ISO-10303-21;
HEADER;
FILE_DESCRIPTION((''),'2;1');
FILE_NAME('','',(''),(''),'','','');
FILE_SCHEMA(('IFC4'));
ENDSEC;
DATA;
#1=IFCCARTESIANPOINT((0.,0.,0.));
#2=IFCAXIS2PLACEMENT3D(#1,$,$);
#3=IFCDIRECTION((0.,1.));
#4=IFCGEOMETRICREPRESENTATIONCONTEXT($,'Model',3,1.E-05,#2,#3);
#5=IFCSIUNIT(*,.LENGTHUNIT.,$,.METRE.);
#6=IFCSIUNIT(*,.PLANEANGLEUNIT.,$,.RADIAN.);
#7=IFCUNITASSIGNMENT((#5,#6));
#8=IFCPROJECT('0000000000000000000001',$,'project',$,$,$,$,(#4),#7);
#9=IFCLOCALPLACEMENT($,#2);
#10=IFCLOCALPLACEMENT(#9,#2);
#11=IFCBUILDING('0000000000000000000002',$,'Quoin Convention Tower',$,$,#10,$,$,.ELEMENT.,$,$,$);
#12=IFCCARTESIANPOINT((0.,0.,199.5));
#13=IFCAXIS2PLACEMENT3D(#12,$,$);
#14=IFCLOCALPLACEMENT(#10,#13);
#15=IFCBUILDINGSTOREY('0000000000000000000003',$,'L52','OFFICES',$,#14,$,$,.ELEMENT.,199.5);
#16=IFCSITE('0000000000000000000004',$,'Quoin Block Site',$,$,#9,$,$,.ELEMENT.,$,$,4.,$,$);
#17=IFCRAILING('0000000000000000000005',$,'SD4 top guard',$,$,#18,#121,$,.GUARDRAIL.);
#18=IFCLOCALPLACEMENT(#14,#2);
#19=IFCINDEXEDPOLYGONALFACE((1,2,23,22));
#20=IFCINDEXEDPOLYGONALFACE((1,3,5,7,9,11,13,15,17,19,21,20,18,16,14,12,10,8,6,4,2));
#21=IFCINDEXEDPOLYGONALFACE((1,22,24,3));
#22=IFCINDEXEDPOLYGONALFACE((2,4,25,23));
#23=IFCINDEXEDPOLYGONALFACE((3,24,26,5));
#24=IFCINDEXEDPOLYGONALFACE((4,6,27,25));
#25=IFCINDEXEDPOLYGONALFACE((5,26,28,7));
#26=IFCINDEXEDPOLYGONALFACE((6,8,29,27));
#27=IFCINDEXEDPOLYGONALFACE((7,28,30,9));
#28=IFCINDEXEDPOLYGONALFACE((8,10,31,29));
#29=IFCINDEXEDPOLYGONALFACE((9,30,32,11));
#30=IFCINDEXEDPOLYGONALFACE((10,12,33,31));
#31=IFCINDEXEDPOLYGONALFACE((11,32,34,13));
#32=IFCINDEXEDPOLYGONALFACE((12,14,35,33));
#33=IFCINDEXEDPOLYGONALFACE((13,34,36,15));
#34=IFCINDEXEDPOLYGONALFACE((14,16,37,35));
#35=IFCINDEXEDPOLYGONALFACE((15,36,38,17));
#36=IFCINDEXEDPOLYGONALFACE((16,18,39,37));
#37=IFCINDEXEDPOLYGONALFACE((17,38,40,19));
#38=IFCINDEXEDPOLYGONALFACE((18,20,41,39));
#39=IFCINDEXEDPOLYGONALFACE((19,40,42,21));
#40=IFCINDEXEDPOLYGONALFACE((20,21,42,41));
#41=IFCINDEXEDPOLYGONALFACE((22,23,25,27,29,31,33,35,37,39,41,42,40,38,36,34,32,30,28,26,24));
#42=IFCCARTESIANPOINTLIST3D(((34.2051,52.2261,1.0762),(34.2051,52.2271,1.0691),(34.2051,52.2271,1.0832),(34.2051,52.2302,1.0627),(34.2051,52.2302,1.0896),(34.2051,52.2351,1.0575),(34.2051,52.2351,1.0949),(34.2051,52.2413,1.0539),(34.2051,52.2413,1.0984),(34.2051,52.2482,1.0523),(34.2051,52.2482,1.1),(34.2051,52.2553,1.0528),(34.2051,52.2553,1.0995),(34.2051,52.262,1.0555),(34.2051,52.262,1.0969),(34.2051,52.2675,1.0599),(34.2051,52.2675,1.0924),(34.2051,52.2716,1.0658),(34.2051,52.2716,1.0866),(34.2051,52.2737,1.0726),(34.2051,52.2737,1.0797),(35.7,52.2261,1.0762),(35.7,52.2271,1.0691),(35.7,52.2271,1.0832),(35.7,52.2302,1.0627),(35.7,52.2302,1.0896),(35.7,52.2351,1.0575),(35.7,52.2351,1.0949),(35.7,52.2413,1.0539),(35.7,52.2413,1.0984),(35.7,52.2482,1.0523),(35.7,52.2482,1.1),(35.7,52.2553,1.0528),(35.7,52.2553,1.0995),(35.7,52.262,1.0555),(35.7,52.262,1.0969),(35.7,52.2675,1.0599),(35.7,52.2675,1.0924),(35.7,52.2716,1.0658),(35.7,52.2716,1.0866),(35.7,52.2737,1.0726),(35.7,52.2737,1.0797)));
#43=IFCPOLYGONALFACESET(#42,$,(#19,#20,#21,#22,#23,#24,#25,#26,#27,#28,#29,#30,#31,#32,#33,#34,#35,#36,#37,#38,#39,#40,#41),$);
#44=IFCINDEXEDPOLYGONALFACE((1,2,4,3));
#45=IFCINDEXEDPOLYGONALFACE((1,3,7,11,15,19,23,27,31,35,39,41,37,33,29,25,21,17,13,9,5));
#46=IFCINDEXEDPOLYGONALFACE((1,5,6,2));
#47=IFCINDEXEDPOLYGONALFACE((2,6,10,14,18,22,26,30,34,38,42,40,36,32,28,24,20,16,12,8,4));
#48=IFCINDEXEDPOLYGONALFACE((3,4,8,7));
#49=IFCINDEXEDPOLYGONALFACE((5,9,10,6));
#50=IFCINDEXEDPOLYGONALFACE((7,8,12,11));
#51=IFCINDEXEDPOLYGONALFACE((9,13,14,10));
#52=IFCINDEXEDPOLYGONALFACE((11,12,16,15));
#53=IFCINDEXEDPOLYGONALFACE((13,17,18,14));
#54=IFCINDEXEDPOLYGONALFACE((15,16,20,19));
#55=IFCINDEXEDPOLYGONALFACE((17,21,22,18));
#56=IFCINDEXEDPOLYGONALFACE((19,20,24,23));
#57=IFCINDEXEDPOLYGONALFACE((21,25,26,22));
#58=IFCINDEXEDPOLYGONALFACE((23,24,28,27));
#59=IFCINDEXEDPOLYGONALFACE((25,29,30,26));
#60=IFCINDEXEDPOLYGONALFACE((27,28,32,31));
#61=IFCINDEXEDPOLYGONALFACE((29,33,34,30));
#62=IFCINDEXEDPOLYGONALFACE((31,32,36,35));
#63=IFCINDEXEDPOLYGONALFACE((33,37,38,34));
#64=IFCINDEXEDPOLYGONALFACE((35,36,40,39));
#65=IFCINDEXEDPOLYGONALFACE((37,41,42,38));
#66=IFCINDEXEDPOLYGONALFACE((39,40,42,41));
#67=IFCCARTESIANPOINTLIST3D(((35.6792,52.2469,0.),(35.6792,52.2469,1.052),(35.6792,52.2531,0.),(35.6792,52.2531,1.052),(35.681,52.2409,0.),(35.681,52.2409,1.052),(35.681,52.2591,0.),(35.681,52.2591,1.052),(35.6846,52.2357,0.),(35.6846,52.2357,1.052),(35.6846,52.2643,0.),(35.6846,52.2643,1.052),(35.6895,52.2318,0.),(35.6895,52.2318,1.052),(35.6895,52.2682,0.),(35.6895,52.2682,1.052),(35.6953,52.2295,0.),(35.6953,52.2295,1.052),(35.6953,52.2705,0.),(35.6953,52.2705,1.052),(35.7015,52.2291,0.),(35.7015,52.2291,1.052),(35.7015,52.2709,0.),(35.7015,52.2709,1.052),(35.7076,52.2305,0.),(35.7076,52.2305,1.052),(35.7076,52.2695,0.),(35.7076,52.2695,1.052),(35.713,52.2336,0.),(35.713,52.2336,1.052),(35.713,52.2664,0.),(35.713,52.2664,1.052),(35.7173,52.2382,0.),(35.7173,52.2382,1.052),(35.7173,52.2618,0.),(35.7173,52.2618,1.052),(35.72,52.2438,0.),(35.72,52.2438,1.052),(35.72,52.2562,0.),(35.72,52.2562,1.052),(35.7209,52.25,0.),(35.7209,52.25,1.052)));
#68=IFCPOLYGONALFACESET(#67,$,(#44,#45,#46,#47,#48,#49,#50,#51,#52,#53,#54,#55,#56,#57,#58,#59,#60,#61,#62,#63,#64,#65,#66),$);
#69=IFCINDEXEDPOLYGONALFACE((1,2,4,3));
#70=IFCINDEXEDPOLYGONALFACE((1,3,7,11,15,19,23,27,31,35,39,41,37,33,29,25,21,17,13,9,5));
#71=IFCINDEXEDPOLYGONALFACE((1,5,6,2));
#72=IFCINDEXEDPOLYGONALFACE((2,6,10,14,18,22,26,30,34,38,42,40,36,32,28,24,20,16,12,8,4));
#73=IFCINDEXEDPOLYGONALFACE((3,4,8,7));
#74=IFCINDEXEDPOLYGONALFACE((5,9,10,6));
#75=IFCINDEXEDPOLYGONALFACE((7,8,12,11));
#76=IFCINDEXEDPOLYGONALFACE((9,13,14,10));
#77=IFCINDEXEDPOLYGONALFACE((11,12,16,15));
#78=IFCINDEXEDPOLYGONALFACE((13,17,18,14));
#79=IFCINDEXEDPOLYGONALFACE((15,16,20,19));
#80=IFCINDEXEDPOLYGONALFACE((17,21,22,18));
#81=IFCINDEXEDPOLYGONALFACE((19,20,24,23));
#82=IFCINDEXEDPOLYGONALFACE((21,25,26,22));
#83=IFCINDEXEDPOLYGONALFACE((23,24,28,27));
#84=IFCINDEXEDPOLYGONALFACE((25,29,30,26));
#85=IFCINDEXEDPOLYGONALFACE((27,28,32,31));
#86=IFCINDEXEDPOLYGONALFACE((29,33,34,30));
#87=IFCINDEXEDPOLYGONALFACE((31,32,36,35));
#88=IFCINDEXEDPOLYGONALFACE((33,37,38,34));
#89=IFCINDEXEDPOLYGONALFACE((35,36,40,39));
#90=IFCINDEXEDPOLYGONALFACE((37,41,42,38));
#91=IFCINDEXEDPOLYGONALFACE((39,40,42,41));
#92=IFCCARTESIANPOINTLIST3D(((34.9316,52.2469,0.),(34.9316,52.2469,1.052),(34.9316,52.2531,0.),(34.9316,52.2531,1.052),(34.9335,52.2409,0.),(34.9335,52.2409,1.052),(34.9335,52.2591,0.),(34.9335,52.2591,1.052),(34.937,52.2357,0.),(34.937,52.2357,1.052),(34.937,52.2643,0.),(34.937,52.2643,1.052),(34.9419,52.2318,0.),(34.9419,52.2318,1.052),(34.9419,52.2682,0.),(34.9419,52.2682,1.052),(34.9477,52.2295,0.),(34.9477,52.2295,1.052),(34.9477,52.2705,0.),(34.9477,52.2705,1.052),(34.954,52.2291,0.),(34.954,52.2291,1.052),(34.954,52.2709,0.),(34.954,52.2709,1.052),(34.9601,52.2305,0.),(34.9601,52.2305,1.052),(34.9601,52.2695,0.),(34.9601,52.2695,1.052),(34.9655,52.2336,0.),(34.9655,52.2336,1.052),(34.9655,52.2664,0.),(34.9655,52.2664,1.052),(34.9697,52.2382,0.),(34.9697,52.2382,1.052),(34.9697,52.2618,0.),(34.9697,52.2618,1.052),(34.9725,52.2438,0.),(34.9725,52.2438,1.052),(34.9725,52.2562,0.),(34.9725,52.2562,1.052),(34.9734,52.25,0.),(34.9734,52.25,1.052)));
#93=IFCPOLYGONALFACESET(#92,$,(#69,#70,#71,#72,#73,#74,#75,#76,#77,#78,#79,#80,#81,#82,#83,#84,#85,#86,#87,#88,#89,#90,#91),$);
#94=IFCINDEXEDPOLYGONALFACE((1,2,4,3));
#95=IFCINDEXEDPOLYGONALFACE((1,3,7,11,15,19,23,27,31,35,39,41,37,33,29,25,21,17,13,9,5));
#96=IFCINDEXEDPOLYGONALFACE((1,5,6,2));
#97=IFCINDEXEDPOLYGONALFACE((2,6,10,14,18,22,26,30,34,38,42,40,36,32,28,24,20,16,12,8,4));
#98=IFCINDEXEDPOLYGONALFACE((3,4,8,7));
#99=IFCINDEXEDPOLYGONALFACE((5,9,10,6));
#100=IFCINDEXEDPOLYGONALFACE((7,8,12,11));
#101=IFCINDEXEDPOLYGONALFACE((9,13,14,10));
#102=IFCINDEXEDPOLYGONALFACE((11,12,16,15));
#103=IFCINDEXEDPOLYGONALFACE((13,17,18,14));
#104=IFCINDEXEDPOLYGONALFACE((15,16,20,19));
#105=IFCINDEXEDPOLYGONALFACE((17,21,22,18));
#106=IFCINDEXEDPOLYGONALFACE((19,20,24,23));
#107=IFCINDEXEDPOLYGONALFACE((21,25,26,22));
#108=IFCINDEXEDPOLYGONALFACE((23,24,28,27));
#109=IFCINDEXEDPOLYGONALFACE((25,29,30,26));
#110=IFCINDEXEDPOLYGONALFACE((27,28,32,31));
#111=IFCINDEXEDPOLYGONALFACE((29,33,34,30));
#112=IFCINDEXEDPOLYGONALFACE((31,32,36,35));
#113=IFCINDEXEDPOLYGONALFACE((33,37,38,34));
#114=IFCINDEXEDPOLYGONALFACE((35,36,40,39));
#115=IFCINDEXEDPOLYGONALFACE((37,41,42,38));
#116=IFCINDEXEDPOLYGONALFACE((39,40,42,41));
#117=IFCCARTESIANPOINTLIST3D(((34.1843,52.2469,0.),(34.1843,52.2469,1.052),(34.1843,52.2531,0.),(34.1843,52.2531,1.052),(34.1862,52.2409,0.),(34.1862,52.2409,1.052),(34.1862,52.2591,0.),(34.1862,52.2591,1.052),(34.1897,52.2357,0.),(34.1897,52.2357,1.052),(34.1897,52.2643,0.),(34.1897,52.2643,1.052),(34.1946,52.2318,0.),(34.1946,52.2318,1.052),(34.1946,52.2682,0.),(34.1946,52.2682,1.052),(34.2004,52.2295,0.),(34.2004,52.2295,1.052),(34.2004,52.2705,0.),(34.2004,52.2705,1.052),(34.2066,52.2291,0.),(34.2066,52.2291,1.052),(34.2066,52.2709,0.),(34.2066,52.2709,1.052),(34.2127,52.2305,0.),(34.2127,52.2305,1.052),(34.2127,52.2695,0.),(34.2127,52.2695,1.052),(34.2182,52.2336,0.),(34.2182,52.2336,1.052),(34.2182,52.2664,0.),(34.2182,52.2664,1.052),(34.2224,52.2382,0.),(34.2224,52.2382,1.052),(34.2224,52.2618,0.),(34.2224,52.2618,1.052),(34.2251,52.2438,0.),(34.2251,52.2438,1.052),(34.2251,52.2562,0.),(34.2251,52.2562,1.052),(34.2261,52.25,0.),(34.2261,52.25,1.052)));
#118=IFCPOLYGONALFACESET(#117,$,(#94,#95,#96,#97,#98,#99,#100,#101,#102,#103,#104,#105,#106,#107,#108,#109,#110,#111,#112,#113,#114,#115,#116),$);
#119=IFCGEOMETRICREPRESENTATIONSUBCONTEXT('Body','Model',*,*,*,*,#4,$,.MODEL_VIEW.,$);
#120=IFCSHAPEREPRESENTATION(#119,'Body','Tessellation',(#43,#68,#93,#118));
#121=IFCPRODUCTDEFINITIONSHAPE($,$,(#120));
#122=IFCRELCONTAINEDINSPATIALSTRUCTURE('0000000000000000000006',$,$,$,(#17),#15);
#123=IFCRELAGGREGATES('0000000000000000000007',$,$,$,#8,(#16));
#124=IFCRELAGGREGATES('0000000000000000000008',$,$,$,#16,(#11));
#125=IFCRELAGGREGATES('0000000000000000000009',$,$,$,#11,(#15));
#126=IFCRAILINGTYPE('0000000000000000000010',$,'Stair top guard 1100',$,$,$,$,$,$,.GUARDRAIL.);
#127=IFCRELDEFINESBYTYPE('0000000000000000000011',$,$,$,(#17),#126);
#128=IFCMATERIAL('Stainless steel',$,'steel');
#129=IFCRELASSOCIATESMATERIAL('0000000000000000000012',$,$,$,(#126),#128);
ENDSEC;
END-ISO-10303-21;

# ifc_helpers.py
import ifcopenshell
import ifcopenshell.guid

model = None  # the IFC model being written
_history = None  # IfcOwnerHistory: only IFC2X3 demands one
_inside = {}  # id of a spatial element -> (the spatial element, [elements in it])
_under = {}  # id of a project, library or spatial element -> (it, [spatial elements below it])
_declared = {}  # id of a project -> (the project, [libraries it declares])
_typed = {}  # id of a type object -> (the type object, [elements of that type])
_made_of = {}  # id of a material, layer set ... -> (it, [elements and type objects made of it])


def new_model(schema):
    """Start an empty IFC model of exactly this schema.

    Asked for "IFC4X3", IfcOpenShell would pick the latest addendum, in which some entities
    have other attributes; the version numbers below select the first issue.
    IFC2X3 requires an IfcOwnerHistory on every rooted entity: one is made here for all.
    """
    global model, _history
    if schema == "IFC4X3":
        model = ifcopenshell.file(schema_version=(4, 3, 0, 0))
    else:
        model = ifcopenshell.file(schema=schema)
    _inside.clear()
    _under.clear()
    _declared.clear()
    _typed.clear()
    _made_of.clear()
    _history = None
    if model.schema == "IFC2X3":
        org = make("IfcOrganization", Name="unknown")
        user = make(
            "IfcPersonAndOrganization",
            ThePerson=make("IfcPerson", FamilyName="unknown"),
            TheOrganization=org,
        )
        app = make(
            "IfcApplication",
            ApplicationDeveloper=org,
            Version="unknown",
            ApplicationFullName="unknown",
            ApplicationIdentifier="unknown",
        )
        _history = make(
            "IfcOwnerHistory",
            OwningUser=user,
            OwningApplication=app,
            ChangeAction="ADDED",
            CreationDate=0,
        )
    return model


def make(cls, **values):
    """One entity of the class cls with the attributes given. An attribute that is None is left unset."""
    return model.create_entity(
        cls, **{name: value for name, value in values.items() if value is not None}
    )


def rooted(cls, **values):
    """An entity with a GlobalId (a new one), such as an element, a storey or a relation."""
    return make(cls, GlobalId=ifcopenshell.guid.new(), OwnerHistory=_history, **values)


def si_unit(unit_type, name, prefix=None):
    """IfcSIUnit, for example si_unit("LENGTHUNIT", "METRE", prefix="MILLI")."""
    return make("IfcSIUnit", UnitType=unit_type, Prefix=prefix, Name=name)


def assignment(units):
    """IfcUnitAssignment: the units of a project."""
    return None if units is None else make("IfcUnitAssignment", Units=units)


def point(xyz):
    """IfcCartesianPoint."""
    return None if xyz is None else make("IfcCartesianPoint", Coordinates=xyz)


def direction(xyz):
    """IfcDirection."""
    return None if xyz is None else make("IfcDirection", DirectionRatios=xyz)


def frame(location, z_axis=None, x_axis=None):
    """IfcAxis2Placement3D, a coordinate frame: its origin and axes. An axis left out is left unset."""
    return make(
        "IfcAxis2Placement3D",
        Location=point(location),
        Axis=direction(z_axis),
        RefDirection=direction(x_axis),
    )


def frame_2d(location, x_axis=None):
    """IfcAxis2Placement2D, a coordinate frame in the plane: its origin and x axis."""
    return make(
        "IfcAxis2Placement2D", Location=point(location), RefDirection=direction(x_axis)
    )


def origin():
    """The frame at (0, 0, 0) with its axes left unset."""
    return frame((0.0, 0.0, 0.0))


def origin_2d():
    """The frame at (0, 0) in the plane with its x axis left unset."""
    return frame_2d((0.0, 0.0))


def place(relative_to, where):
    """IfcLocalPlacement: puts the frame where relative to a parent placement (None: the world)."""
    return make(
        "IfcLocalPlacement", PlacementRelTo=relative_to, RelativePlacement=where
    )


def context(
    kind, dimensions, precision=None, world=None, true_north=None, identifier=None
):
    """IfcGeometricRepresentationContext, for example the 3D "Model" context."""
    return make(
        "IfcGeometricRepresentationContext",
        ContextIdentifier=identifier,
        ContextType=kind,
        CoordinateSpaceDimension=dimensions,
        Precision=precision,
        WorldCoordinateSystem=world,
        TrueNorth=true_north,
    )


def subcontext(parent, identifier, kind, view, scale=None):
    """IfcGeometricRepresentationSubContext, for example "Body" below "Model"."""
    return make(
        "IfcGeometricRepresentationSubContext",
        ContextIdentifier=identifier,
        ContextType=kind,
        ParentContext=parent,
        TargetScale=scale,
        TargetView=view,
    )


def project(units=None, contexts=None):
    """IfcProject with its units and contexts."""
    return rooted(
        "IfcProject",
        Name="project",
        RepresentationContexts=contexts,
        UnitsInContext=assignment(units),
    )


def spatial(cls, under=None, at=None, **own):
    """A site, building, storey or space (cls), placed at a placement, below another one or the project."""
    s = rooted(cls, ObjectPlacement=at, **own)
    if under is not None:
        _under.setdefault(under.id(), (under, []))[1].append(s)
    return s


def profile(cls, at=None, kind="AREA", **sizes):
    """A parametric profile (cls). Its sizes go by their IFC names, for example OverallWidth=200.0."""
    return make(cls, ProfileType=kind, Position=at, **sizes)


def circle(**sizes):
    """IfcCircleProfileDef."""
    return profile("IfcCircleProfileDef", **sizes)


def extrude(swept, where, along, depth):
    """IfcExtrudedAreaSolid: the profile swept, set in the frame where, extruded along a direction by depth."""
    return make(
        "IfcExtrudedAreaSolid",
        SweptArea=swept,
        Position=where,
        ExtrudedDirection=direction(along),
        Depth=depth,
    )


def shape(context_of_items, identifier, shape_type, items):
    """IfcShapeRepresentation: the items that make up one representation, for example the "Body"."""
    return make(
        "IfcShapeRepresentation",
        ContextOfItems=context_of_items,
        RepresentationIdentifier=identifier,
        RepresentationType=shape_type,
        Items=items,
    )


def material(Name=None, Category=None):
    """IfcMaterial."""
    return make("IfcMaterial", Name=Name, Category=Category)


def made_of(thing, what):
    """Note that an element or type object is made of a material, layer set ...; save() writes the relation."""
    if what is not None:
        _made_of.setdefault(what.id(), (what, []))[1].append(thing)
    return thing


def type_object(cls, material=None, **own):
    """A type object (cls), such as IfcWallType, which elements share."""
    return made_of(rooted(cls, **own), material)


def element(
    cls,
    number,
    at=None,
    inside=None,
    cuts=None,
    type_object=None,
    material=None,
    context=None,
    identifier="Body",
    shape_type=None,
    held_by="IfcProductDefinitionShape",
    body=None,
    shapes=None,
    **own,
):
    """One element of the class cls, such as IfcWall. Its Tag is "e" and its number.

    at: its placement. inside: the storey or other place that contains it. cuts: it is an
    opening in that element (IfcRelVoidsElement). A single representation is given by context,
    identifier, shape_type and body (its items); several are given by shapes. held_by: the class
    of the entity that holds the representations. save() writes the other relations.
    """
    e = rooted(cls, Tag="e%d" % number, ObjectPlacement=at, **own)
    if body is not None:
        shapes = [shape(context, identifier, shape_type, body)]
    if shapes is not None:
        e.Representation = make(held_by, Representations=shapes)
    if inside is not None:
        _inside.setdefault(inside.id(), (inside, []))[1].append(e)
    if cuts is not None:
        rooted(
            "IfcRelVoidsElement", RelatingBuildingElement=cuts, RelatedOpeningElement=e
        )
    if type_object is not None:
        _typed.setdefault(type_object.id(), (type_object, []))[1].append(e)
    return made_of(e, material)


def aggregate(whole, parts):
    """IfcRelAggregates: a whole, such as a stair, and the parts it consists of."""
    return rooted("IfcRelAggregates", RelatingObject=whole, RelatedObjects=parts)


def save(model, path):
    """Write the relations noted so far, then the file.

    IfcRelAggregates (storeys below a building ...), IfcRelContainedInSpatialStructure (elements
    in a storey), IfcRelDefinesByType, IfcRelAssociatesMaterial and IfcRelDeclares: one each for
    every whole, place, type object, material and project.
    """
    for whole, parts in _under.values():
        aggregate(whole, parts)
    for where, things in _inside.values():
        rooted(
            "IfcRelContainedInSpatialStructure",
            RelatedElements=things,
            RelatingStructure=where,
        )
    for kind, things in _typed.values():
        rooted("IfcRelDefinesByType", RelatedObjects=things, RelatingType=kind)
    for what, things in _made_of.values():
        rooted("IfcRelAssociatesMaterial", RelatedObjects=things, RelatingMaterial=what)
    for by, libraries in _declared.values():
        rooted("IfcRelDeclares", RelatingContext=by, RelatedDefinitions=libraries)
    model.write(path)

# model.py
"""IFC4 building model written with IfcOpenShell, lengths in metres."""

from ifc_helpers import new_model, si_unit, direction, frame, origin, origin_2d, place, context, subcontext, project, spatial, circle, extrude, material, type_object, element, save


model = new_model("IFC4")

# Units and contexts
model_context = context("Model", 3, precision=1e-05, world=origin(), true_north=direction((0.0, 1.0)))
body_context = subcontext(model_context, "Body", "Model", "MODEL_VIEW")
ifc_project = project(units=[si_unit("LENGTHUNIT", "METRE"), si_unit("PLANEANGLEUNIT", "RADIAN")], contexts=[model_context])

# Site, building, storey
site_placement = place(None, origin())
site = spatial("IfcSite", under=ifc_project, at=site_placement, Name="Quoin Block Site", CompositionType="ELEMENT", RefElevation=4.0)
building_placement = place(site_placement, origin())
building = spatial("IfcBuilding", under=site, at=building_placement, Name="Quoin Convention Tower", CompositionType="ELEMENT")
storey_placement = place(building_placement, frame((0.0, 0.0, 199.5)))
storey = spatial("IfcBuildingStorey", under=building, at=storey_placement, Name="L52", Description="OFFICES", CompositionType="ELEMENT", Elevation=199.5)

# Railing
ifc_material_1 = material(Name="Stainless steel", Category="steel")
railing_type_1 = type_object("IfcRailingType", Name="Stair top guard 1100", PredefinedType="GUARDRAIL", material=ifc_material_1)
railing_1_placement = place(storey_placement, frame((35.7, 52.25, 0.0)))
element("IfcRailing", 1, at=railing_1_placement, inside=storey, type_object=railing_type_1, Name="SD4 top guard", PredefinedType="GUARDRAIL", context=body_context, shape_type="SweptSolid", body=[
    extrude(circle(Radius=0.0239, at=origin_2d()), frame((0.0, 0.0, 1.0762), z_axis=(-1.0, 0.0, 0.0), x_axis=(0.0, -1.0, 0.0)), (0.0, 0.0, 1.0), 1.4949),
    extrude(circle(Radius=0.021, at=origin_2d()), origin(), (0.0, 0.0, 1.0), 1.052),
    extrude(circle(Radius=0.021, at=origin_2d()), frame((-0.7476, 0.0, 0.0)), (0.0, 0.0, 1.0), 1.052),
    extrude(circle(Radius=0.021, at=origin_2d()), frame((-1.4949, 0.0, 0.0)), (0.0, 0.0, 1.0), 1.052),
])

save(model, "model.ifc")
